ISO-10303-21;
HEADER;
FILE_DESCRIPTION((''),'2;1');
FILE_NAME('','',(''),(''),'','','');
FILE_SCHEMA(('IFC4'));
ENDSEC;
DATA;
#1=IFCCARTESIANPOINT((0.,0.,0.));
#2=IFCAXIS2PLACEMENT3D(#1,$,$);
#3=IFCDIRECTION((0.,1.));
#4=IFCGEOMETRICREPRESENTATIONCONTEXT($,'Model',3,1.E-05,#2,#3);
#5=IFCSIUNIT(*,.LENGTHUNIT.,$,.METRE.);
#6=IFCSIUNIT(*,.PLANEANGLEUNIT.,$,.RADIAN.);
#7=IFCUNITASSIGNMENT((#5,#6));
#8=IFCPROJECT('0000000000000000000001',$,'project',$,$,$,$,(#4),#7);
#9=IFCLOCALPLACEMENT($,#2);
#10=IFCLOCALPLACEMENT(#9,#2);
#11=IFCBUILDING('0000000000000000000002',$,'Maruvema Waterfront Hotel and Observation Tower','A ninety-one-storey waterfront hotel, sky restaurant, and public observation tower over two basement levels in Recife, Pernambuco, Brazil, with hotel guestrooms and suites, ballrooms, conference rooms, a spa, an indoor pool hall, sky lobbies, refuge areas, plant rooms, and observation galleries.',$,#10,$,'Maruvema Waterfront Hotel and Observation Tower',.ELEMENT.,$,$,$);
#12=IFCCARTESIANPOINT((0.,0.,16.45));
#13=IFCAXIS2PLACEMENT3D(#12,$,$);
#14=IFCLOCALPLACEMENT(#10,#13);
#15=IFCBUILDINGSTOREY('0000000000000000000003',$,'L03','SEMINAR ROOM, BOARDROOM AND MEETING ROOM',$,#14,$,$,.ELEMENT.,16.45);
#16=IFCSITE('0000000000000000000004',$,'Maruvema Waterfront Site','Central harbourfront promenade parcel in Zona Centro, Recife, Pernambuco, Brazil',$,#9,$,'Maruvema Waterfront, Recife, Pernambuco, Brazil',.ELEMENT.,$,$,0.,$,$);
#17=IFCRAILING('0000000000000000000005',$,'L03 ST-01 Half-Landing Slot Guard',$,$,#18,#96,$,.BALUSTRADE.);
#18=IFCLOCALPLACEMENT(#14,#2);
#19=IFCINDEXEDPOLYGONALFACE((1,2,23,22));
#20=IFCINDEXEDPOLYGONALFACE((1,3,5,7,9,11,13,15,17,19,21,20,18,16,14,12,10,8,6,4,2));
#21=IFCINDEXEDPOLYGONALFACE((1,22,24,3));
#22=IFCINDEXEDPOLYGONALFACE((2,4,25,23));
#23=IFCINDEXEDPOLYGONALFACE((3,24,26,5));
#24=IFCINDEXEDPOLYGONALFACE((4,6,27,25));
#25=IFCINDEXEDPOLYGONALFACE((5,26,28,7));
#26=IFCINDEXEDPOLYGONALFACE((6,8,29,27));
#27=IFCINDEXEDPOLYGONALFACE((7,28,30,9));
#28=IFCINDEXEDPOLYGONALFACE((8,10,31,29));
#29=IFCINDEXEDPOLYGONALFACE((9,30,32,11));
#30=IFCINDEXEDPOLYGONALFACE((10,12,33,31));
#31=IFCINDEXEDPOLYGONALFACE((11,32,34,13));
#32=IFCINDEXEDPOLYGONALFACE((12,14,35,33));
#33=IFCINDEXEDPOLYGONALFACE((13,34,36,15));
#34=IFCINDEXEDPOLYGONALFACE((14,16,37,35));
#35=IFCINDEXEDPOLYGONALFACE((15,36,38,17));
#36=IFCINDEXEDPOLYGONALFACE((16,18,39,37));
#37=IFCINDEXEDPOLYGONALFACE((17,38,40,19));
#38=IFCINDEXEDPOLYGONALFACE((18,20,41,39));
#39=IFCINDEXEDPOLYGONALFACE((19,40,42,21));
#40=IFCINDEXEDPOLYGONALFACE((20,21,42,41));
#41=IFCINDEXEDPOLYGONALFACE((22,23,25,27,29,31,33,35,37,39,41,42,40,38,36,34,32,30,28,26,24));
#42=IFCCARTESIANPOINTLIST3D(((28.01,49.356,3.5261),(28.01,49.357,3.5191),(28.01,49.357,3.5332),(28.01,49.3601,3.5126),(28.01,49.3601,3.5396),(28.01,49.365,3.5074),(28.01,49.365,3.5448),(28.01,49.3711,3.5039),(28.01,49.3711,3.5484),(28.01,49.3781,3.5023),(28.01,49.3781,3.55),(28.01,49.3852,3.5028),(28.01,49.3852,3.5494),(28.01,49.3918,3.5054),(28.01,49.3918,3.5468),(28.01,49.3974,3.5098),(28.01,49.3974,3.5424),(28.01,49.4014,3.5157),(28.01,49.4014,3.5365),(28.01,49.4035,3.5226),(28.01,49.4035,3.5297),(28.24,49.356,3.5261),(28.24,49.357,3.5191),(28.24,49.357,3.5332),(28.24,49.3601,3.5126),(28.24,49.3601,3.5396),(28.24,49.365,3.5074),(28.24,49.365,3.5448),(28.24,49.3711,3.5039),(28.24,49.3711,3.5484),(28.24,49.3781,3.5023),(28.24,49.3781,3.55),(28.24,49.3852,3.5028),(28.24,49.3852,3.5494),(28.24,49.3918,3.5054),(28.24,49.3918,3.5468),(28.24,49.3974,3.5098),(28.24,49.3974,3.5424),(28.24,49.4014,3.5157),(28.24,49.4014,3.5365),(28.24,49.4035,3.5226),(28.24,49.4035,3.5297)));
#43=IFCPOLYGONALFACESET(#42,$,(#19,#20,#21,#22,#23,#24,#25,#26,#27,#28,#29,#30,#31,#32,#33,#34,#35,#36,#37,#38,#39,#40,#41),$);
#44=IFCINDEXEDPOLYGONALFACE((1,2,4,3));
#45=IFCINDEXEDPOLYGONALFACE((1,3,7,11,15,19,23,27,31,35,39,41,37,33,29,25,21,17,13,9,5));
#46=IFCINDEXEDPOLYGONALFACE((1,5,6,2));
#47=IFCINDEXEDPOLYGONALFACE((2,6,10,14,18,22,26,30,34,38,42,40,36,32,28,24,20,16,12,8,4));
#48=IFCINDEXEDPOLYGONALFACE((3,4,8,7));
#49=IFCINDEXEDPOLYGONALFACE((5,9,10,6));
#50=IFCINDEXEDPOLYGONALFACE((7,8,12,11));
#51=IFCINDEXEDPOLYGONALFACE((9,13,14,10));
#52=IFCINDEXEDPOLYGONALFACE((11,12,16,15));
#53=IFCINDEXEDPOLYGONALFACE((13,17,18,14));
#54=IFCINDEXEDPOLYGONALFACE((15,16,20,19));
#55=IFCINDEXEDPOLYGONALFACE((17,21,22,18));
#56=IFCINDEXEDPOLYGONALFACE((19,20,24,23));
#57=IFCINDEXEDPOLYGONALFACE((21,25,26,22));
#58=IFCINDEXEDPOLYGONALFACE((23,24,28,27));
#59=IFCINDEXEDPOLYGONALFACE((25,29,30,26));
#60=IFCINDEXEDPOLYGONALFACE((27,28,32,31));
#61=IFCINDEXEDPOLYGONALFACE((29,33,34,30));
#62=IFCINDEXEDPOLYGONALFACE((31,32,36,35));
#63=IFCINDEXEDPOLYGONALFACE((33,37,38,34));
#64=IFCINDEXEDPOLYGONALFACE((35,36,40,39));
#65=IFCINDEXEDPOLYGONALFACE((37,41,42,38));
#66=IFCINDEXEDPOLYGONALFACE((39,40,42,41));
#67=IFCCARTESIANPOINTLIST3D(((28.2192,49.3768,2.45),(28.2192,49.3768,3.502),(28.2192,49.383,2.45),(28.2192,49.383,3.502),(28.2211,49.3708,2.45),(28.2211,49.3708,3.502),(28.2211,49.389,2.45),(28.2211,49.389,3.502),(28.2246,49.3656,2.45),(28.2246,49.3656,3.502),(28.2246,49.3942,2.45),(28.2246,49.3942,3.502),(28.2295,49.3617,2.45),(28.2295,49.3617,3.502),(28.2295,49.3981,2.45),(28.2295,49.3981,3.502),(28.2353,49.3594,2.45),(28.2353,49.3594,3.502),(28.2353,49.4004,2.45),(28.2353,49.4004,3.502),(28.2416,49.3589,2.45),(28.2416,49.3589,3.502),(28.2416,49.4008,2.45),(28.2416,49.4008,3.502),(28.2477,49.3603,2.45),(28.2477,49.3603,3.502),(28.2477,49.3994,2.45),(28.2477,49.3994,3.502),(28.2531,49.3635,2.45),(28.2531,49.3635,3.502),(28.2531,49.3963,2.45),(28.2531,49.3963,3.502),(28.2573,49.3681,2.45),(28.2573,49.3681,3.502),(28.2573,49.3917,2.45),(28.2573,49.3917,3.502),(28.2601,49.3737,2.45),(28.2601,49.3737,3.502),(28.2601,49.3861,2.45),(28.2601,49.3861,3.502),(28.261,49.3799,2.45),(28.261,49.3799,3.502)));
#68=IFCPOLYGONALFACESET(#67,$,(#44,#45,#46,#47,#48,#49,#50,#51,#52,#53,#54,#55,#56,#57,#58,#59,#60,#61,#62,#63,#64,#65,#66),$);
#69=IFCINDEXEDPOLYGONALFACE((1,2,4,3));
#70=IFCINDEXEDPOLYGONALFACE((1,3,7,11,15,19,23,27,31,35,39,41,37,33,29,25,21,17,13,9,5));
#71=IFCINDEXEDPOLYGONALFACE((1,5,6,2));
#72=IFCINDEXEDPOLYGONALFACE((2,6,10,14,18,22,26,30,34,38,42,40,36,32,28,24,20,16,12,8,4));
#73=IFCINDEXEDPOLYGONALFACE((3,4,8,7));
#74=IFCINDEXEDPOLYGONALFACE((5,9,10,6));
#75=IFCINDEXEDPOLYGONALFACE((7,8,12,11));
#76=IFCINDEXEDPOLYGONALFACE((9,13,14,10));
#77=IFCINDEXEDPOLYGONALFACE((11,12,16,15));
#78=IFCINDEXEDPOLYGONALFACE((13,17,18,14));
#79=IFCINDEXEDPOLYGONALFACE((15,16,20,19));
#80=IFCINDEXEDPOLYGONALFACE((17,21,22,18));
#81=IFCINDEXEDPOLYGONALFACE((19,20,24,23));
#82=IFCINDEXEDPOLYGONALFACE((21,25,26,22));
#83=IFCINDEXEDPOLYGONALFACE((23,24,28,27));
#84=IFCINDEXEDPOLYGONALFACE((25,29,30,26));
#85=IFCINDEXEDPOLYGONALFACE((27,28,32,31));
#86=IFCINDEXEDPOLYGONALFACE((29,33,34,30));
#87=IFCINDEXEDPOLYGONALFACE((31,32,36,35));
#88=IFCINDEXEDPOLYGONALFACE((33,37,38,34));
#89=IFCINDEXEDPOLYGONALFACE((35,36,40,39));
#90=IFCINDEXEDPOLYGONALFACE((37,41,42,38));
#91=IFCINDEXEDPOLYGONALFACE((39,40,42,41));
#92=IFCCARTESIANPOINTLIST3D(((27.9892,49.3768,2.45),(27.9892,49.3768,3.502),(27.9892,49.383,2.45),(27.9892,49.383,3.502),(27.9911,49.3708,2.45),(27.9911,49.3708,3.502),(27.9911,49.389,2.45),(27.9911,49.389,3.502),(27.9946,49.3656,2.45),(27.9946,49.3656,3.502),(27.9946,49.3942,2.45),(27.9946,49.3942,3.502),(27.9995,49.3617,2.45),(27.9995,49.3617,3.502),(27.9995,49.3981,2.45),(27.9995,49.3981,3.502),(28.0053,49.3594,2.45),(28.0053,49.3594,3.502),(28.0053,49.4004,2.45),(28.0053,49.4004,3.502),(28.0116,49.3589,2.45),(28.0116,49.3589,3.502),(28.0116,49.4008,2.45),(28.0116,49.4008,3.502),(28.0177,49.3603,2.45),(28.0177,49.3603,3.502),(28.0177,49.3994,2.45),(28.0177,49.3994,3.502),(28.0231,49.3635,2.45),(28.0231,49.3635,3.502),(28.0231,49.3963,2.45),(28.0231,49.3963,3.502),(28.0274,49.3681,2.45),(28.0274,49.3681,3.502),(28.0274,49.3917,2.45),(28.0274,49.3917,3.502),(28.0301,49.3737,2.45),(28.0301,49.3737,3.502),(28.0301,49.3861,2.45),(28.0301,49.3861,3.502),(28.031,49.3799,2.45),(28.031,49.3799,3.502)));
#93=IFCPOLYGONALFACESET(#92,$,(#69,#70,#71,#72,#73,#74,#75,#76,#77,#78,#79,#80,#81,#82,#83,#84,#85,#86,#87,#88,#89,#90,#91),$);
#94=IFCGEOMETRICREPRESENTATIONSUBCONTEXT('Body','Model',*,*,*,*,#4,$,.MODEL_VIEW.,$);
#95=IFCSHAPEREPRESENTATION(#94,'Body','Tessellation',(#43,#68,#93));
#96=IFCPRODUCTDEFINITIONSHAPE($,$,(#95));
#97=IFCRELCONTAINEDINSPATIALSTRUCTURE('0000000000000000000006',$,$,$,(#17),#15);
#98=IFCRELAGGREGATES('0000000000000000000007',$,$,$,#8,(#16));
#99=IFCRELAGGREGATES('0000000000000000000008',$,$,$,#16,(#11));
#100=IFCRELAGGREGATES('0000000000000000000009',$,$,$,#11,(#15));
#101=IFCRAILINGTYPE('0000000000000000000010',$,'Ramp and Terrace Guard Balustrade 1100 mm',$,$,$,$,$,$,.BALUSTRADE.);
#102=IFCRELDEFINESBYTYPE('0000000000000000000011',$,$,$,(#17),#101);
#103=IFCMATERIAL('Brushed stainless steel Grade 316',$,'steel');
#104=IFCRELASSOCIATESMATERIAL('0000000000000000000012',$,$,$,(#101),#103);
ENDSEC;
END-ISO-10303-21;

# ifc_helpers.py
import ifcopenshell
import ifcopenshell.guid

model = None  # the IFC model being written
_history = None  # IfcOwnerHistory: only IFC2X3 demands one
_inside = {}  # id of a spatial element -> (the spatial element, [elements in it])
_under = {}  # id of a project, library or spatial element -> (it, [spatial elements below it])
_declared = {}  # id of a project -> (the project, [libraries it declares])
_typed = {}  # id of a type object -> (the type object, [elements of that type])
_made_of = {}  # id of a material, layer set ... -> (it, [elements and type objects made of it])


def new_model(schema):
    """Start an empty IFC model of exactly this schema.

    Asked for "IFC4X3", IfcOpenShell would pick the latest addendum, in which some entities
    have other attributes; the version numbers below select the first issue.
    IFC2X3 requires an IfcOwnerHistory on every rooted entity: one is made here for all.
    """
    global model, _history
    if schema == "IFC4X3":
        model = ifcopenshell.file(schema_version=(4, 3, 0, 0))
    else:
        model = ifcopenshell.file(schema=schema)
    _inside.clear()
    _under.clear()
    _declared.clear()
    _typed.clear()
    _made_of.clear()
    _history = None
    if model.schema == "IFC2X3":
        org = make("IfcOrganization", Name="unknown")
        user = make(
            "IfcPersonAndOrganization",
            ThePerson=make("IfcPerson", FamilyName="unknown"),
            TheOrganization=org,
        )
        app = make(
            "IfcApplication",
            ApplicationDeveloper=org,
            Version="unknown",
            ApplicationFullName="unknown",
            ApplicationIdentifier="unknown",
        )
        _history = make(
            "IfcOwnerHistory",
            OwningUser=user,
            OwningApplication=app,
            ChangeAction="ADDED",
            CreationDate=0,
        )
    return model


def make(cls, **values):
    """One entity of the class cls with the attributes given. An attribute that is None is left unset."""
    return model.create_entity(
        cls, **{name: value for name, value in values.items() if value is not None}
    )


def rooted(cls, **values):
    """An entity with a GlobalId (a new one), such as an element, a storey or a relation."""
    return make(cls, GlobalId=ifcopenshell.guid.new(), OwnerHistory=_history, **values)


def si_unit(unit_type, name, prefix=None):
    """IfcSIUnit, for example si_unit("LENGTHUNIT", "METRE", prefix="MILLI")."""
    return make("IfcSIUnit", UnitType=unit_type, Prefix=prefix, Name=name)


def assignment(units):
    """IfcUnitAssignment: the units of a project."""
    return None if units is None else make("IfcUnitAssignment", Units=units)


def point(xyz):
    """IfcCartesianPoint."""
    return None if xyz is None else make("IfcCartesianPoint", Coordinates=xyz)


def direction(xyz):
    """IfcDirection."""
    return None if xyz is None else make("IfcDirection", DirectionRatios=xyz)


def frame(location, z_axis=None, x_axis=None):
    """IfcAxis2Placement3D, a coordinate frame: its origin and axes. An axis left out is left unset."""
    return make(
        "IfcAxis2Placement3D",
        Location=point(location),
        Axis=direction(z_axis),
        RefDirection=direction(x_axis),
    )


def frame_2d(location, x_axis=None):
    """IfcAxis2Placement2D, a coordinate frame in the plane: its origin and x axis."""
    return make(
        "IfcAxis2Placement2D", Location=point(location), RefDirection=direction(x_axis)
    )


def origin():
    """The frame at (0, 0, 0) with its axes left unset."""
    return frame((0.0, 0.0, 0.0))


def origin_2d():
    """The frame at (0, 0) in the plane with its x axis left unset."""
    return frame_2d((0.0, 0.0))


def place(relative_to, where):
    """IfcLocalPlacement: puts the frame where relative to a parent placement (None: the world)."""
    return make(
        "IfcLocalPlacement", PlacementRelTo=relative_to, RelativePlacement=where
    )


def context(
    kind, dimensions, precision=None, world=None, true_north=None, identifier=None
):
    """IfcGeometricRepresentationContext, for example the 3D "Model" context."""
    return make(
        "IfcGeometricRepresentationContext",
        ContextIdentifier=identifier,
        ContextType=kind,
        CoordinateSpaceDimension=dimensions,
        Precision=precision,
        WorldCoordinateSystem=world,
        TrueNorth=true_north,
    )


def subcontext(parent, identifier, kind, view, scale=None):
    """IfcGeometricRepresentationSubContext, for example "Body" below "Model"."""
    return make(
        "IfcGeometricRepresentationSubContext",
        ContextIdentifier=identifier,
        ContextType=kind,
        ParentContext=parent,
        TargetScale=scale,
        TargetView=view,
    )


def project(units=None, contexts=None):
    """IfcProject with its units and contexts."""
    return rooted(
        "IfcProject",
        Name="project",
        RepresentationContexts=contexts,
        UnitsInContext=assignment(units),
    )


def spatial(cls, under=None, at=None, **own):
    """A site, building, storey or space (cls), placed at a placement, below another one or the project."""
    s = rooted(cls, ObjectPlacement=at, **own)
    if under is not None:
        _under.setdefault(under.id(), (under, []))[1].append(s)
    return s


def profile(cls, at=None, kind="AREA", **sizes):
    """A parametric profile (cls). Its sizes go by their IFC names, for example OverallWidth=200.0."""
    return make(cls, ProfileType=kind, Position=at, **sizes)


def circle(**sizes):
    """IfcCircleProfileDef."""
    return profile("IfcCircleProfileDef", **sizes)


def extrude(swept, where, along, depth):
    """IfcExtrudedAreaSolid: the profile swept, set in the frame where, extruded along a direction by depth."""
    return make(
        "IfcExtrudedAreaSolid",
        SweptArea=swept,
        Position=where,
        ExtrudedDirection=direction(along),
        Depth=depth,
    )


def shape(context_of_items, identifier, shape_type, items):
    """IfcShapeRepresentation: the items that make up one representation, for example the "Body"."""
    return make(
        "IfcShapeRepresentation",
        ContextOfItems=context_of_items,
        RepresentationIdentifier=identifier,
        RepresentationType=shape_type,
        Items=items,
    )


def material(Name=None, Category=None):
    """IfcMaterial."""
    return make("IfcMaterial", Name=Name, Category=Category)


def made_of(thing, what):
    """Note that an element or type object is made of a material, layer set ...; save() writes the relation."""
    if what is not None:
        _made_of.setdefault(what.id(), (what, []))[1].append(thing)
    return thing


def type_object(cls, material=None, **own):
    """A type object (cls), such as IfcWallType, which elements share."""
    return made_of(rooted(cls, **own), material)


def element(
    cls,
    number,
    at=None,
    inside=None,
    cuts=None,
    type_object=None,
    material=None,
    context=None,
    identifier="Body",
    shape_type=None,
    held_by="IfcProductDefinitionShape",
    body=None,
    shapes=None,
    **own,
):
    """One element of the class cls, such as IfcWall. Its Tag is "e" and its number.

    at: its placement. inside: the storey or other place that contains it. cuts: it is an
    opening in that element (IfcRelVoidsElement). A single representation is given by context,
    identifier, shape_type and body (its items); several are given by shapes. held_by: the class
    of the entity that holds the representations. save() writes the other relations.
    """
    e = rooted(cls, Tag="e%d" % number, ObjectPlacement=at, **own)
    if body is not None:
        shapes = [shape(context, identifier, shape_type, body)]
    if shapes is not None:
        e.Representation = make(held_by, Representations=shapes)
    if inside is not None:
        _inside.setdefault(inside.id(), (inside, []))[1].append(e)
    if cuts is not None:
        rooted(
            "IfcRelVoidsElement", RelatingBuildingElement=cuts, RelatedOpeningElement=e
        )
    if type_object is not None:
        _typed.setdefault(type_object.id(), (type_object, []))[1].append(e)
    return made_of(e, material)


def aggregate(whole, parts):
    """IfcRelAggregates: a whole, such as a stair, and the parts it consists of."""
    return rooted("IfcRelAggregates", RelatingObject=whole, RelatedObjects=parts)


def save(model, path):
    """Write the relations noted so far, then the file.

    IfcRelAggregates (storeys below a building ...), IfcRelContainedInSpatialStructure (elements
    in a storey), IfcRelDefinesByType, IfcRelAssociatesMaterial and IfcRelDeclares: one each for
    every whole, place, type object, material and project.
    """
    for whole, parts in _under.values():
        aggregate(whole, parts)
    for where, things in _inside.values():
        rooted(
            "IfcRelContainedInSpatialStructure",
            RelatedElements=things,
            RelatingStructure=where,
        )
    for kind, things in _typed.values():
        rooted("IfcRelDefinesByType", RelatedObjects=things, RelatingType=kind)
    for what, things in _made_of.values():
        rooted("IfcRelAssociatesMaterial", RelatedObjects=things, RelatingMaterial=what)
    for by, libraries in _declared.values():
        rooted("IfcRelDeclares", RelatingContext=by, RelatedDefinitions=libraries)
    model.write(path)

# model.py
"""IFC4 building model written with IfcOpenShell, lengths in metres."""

from ifc_helpers import new_model, si_unit, direction, frame, origin, origin_2d, place, context, subcontext, project, spatial, circle, extrude, material, type_object, element, save


model = new_model("IFC4")

# Units and contexts
model_context = context("Model", 3, precision=1e-05, world=origin(), true_north=direction((0.0, 1.0)))
body_context = subcontext(model_context, "Body", "Model", "MODEL_VIEW")
ifc_project = project(units=[si_unit("LENGTHUNIT", "METRE"), si_unit("PLANEANGLEUNIT", "RADIAN")], contexts=[model_context])

# Site, building, storey
site_placement = place(None, origin())
site = spatial("IfcSite", under=ifc_project, at=site_placement, Name="Maruvema Waterfront Site", Description="Central harbourfront promenade parcel in Zona Centro, Recife, Pernambuco, Brazil", LongName="Maruvema Waterfront, Recife, Pernambuco, Brazil", CompositionType="ELEMENT", RefElevation=0.0)
building_placement = place(site_placement, origin())
building = spatial("IfcBuilding", under=site, at=building_placement, Name="Maruvema Waterfront Hotel and Observation Tower", Description="A ninety-one-storey waterfront hotel, sky restaurant, and public observation tower over two basement levels in Recife, Pernambuco, Brazil, with hotel guestrooms and suites, ballrooms, conference rooms, a spa, an indoor pool hall, sky lobbies, refuge areas, plant rooms, and observation galleries.", LongName="Maruvema Waterfront Hotel and Observation Tower", CompositionType="ELEMENT")
storey_placement = place(building_placement, frame((0.0, 0.0, 16.45)))
storey = spatial("IfcBuildingStorey", under=building, at=storey_placement, Name="L03", Description="SEMINAR ROOM, BOARDROOM AND MEETING ROOM", CompositionType="ELEMENT", Elevation=16.45)

# Railing
ifc_material_1 = material(Name="Brushed stainless steel Grade 316", Category="steel")
railing_type_1 = type_object("IfcRailingType", Name="Ramp and Terrace Guard Balustrade 1100 mm", PredefinedType="BALUSTRADE", material=ifc_material_1)
railing_1_placement = place(storey_placement, frame((28.24, 49.3799, 2.45)))
element("IfcRailing", 1, at=railing_1_placement, inside=storey, type_object=railing_type_1, Name="L03 ST-01 Half-Landing Slot Guard", PredefinedType="BALUSTRADE", context=body_context, shape_type="SweptSolid", body=[
    extrude(circle(Radius=0.0239, at=origin_2d()), frame((0.0, 0.0, 1.0762), z_axis=(-1.0, 0.0, 0.0), x_axis=(0.0, -1.0, 0.0)), (0.0, 0.0, 1.0), 0.23),
    extrude(circle(Radius=0.021, at=origin_2d()), origin(), (0.0, 0.0, 1.0), 1.052),
    extrude(circle(Radius=0.021, at=origin_2d()), frame((-0.23, 0.0, 0.0)), (0.0, 0.0, 1.0), 1.052),
])

save(model, "model.ifc")
